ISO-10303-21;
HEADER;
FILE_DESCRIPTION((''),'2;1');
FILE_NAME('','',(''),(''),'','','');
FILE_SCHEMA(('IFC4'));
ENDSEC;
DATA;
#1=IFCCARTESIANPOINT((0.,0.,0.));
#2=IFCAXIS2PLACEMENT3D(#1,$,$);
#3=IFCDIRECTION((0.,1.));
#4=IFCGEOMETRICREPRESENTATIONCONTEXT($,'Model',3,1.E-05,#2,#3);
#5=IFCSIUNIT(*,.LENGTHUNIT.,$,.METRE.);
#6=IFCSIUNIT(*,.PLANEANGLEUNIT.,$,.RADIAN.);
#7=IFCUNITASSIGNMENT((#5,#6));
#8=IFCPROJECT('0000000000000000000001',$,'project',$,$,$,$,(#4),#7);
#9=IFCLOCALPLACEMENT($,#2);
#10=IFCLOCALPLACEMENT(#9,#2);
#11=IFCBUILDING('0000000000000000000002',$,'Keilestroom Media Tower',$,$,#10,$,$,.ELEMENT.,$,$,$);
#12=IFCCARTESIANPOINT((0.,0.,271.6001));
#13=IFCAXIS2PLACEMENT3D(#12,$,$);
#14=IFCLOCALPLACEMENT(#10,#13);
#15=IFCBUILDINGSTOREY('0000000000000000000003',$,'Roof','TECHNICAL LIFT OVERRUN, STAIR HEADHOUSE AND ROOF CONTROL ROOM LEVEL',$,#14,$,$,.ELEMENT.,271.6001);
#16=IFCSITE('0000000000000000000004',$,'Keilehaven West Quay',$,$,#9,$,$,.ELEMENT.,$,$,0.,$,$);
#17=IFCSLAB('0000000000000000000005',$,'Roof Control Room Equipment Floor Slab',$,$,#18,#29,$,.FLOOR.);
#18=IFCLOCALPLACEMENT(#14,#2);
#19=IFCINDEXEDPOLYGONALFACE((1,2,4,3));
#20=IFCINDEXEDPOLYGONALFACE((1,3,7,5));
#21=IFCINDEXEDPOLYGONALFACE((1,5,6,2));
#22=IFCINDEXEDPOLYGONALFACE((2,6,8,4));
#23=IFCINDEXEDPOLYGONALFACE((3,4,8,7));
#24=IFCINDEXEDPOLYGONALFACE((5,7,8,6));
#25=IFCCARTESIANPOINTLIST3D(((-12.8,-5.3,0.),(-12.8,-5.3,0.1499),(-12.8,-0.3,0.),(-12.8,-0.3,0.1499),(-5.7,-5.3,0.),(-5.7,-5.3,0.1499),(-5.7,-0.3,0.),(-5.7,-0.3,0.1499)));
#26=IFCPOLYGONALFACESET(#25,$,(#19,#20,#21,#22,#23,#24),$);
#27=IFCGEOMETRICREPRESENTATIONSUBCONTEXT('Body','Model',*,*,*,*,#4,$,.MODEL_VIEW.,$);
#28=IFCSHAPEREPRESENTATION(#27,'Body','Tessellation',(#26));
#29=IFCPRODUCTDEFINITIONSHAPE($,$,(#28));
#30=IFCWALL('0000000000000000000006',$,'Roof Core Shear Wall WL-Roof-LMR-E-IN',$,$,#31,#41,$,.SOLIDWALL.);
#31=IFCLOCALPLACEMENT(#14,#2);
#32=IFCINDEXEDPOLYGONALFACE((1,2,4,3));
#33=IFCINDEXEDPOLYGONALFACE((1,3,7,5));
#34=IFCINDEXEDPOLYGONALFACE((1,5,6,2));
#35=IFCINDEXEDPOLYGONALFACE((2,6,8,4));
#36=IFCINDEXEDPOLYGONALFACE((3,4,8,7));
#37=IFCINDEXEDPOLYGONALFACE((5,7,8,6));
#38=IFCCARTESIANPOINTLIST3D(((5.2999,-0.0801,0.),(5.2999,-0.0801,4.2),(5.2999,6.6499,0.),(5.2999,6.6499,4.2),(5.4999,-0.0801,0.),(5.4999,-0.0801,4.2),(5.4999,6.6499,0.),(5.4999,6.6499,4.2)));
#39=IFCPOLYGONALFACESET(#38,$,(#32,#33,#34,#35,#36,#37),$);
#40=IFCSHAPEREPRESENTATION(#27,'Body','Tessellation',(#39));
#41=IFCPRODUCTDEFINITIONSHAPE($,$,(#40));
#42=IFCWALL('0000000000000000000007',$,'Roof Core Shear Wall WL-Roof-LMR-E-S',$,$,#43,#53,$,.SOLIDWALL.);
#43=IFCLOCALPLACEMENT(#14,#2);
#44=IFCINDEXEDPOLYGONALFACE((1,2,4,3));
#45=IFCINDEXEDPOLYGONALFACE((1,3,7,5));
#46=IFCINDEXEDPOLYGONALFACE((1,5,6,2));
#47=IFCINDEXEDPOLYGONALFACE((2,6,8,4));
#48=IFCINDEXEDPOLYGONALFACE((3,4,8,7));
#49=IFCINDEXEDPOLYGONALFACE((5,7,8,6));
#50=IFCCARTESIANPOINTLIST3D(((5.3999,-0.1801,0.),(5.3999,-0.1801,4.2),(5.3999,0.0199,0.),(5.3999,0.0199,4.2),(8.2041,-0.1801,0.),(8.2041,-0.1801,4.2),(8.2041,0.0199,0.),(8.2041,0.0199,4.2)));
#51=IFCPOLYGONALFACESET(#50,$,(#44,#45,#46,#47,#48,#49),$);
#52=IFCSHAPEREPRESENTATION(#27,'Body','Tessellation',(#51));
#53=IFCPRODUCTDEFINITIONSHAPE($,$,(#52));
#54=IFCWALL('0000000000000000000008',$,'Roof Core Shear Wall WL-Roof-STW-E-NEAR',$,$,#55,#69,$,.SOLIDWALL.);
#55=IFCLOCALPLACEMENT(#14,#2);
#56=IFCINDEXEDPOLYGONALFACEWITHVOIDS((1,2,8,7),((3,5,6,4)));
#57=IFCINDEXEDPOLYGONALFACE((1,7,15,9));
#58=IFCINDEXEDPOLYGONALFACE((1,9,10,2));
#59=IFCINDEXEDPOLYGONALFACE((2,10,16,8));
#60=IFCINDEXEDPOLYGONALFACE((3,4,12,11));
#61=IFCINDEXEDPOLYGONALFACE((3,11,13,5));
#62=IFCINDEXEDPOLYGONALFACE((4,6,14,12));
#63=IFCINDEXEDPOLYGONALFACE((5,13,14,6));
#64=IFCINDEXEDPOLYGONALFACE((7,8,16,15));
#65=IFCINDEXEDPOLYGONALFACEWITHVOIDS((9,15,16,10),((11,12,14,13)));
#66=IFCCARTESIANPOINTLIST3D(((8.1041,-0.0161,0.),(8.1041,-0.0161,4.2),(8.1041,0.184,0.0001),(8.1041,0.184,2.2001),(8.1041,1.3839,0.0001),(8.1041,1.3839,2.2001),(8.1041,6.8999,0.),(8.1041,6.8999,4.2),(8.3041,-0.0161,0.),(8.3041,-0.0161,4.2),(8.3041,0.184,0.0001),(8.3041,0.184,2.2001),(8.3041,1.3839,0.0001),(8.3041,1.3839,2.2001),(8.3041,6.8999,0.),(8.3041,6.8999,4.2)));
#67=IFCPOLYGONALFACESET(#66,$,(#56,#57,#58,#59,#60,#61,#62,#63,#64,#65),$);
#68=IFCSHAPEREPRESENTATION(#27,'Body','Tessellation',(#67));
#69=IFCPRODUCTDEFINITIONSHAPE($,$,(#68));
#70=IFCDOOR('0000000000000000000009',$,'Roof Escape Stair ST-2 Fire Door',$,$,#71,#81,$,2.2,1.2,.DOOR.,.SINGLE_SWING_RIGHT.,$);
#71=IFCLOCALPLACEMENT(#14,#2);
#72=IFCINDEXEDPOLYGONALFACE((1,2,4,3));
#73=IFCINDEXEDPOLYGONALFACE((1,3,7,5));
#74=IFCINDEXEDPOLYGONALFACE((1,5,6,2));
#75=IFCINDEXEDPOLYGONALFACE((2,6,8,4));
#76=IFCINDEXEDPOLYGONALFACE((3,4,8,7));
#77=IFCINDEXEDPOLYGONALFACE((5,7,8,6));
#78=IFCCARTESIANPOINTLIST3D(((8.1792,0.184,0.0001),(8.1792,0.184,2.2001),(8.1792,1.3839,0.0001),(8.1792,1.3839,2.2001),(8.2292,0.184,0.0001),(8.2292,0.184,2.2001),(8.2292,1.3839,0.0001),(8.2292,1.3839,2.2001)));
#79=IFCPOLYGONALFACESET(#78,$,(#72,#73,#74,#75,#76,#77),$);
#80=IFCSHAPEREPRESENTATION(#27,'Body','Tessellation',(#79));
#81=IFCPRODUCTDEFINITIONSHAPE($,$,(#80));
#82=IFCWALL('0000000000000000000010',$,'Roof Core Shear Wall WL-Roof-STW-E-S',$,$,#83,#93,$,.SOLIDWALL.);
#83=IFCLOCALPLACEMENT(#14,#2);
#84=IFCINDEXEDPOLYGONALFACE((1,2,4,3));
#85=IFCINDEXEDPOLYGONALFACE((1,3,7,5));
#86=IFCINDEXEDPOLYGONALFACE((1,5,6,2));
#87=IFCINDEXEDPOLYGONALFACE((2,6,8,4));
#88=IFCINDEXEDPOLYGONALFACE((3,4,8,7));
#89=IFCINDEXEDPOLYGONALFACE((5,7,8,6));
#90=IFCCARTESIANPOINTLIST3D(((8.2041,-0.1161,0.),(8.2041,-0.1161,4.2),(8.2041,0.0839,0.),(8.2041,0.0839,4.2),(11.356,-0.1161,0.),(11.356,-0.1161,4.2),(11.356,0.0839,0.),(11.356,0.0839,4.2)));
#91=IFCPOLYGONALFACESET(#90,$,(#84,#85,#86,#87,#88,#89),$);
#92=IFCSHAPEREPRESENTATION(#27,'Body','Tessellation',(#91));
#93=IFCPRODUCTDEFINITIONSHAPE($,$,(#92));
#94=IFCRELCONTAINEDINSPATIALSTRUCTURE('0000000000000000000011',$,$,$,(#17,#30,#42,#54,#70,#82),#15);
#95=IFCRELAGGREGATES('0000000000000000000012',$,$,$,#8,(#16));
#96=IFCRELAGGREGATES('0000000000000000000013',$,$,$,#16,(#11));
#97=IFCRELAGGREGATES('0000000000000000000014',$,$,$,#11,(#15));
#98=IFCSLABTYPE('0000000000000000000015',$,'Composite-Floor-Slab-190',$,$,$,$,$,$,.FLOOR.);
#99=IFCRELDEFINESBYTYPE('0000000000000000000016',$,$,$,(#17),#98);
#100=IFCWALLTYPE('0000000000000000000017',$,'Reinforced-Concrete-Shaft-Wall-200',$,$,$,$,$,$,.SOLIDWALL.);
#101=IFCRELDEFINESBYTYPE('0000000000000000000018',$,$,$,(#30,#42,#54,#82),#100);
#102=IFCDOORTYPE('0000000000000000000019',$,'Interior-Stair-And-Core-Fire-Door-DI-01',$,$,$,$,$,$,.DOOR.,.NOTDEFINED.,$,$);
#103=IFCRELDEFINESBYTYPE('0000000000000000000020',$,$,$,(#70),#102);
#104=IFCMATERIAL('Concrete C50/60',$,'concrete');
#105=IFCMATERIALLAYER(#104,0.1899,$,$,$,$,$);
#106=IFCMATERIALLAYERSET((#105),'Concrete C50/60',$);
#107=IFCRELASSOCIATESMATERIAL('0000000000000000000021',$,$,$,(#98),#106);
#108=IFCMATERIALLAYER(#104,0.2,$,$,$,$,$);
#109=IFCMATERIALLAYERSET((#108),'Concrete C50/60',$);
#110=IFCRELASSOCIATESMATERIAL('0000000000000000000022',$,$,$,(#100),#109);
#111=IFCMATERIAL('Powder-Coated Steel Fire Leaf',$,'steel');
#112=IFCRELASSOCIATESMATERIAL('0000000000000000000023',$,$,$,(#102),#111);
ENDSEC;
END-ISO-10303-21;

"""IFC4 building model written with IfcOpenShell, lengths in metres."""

from ifc_helpers import new_model, si_unit, direction, frame, frame_2d, origin, place, context, subcontext, project, spatial, polyline, rectangle, outline, extrude, source, transform, mapped, material, layer, layer_set, type_object, element, fill, save


model = new_model("IFC4")

# Units and contexts
model_context = context("Model", 3, precision=1e-05, world=origin(), true_north=direction((0.0, 1.0)))
body_context = subcontext(model_context, "Body", "Model", "MODEL_VIEW")
ifc_project = project(units=[si_unit("LENGTHUNIT", "METRE"), si_unit("PLANEANGLEUNIT", "RADIAN")], contexts=[model_context])

# Site, building, storey
site_placement = place(None, origin())
site = spatial("IfcSite", under=ifc_project, at=site_placement, Name="Keilehaven West Quay", CompositionType="ELEMENT", RefElevation=0.0)
building_placement = place(site_placement, origin())
building = spatial("IfcBuilding", under=site, at=building_placement, Name="Keilestroom Media Tower", CompositionType="ELEMENT")
storey_placement = place(building_placement, frame((0.0, 0.0, 271.6001)))
storey = spatial("IfcBuildingStorey", under=building, at=storey_placement, Name="Roof", Description="TECHNICAL LIFT OVERRUN, STAIR HEADHOUSE AND ROOF CONTROL ROOM LEVEL", CompositionType="ELEMENT", Elevation=271.6001)

# Slab
ifc_material_1 = material(Name="Concrete C50/60", Category="concrete")
ifc_layer_1 = layer(ifc_material_1, 0.1899)
ifc_layer_set_1 = layer_set([ifc_layer_1], Name="Concrete C50/60")
slab_type_1 = type_object("IfcSlabType", Name="Composite-Floor-Slab-190", PredefinedType="FLOOR", material=ifc_layer_set_1)
slab_1_placement = place(storey_placement, origin())
element("IfcSlab", 1, at=slab_1_placement, inside=storey, type_object=slab_type_1, Name="Roof Control Room Equipment Floor Slab", PredefinedType="FLOOR", context=body_context, shape_type="SweptSolid", body=[
    extrude(outline(polyline([(-12.8, -5.3), (-5.7, -5.3), (-5.7, -0.3), (-12.8, -0.3), (-12.8, -5.3)])), origin(), (0.0, 0.0, 1.0), 0.1499),
])

# Walls
ifc_layer_2 = layer(ifc_material_1, 0.2)
ifc_layer_set_2 = layer_set([ifc_layer_2], Name="Concrete C50/60")
wall_type = type_object("IfcWallType", Name="Reinforced-Concrete-Shaft-Wall-200", PredefinedType="SOLIDWALL", material=ifc_layer_set_2)
wall_1_placement = place(storey_placement, frame((5.3999, -0.0801, 0.0), z_axis=(0.0, 0.0, 1.0), x_axis=(0.0, 1.0, 0.0)))
element("IfcWall", 2, at=wall_1_placement, inside=storey, type_object=wall_type, Name="Roof Core Shear Wall WL-Roof-LMR-E-IN", PredefinedType="SOLIDWALL", context=body_context, shape_type="SweptSolid", body=[
    extrude(rectangle(XDim=6.73, YDim=0.2, at=frame_2d((3.365, 0.0))), origin(), (0.0, 0.0, 1.0), 4.2),
])
wall_2_placement = place(storey_placement, frame((5.3999, -0.0801, 0.0), z_axis=(0.0, 0.0, 1.0), x_axis=(1.0, 0.0, 0.0)))
element("IfcWall", 3, at=wall_2_placement, inside=storey, type_object=wall_type, Name="Roof Core Shear Wall WL-Roof-LMR-E-S", PredefinedType="SOLIDWALL", context=body_context, shape_type="SweptSolid", body=[
    extrude(rectangle(XDim=2.8042, YDim=0.2, at=frame_2d((1.4021, 0.0))), origin(), (0.0, 0.0, 1.0), 4.2),
])

# Wall, opening, door
wall_3_placement = place(storey_placement, frame((8.2041, -0.0161, 0.0), z_axis=(0.0, 0.0, 1.0), x_axis=(0.0, 1.0, 0.0)))
wall_3 = element("IfcWall", 4, at=wall_3_placement, inside=storey, type_object=wall_type, Name="Roof Core Shear Wall WL-Roof-STW-E-NEAR", PredefinedType="SOLIDWALL", context=body_context, shape_type="SweptSolid", body=[
    extrude(rectangle(XDim=6.916, YDim=0.2, at=frame_2d((3.458, 0.0))), origin(), (0.0, 0.0, 1.0), 4.2),
])
opening_1_placement = place(wall_3_placement, frame((0.2, 0.0, 0.0)))
opening_1 = element("IfcOpeningElement", 5, at=opening_1_placement, cuts=wall_3, PredefinedType="OPENING", context=body_context, shape_type="SweptSolid", body=[
    extrude(rectangle(XDim=1.2, YDim=2.2, at=frame_2d((0.6001, 1.1001))), frame((0.0, 0.1099, 0.0), z_axis=(0.0, -1.0, 0.0), x_axis=(1.0, 0.0, 0.0)), (0.0, 0.0, 1.0), 0.22),
])
ifc_material_2 = material(Name="Powder-Coated Steel Fire Leaf", Category="steel")
door_type_1 = type_object("IfcDoorType", Name="Interior-Stair-And-Core-Fire-Door-DI-01", OperationType="NOTDEFINED", PredefinedType="DOOR", material=ifc_material_2)
shared_shape = source(origin(), body_context, "Body", "SweptSolid", [
    extrude(rectangle(XDim=1.2, YDim=2.2, at=frame_2d((0.6001, 1.1001))), frame((0.0, 0.0249, 0.0), z_axis=(0.0, -1.0, 0.0), x_axis=(1.0, 0.0, 0.0)), (0.0, 0.0, 1.0), 0.05),
])
door_1_placement = place(opening_1_placement, origin())
door_1 = element("IfcDoor", 6, at=door_1_placement, inside=storey, type_object=door_type_1, Name="Roof Escape Stair ST-2 Fire Door", OperationType="SINGLE_SWING_RIGHT", OverallHeight=2.2, OverallWidth=1.2, PredefinedType="DOOR", context=body_context, shape_type="MappedRepresentation", body=[
    mapped(shared_shape, transform((0.0, 0.0, 0.0), x_axis=(1.0, 0.0, 0.0), y_axis=(0.0, 1.0, 0.0), z_axis=(0.0, 0.0, 1.0), scale=1.0)),
])
fill(opening_1, door_1)

# Wall
wall_4_placement = place(storey_placement, frame((8.2041, -0.0161, 0.0), z_axis=(0.0, 0.0, 1.0), x_axis=(1.0, 0.0, 0.0)))
element("IfcWall", 7, at=wall_4_placement, inside=storey, type_object=wall_type, Name="Roof Core Shear Wall WL-Roof-STW-E-S", PredefinedType="SOLIDWALL", context=body_context, shape_type="SweptSolid", body=[
    extrude(rectangle(XDim=3.1519, YDim=0.2, at=frame_2d((1.5759, 0.0))), origin(), (0.0, 0.0, 1.0), 4.2),
])

save(model, "model.ifc")
